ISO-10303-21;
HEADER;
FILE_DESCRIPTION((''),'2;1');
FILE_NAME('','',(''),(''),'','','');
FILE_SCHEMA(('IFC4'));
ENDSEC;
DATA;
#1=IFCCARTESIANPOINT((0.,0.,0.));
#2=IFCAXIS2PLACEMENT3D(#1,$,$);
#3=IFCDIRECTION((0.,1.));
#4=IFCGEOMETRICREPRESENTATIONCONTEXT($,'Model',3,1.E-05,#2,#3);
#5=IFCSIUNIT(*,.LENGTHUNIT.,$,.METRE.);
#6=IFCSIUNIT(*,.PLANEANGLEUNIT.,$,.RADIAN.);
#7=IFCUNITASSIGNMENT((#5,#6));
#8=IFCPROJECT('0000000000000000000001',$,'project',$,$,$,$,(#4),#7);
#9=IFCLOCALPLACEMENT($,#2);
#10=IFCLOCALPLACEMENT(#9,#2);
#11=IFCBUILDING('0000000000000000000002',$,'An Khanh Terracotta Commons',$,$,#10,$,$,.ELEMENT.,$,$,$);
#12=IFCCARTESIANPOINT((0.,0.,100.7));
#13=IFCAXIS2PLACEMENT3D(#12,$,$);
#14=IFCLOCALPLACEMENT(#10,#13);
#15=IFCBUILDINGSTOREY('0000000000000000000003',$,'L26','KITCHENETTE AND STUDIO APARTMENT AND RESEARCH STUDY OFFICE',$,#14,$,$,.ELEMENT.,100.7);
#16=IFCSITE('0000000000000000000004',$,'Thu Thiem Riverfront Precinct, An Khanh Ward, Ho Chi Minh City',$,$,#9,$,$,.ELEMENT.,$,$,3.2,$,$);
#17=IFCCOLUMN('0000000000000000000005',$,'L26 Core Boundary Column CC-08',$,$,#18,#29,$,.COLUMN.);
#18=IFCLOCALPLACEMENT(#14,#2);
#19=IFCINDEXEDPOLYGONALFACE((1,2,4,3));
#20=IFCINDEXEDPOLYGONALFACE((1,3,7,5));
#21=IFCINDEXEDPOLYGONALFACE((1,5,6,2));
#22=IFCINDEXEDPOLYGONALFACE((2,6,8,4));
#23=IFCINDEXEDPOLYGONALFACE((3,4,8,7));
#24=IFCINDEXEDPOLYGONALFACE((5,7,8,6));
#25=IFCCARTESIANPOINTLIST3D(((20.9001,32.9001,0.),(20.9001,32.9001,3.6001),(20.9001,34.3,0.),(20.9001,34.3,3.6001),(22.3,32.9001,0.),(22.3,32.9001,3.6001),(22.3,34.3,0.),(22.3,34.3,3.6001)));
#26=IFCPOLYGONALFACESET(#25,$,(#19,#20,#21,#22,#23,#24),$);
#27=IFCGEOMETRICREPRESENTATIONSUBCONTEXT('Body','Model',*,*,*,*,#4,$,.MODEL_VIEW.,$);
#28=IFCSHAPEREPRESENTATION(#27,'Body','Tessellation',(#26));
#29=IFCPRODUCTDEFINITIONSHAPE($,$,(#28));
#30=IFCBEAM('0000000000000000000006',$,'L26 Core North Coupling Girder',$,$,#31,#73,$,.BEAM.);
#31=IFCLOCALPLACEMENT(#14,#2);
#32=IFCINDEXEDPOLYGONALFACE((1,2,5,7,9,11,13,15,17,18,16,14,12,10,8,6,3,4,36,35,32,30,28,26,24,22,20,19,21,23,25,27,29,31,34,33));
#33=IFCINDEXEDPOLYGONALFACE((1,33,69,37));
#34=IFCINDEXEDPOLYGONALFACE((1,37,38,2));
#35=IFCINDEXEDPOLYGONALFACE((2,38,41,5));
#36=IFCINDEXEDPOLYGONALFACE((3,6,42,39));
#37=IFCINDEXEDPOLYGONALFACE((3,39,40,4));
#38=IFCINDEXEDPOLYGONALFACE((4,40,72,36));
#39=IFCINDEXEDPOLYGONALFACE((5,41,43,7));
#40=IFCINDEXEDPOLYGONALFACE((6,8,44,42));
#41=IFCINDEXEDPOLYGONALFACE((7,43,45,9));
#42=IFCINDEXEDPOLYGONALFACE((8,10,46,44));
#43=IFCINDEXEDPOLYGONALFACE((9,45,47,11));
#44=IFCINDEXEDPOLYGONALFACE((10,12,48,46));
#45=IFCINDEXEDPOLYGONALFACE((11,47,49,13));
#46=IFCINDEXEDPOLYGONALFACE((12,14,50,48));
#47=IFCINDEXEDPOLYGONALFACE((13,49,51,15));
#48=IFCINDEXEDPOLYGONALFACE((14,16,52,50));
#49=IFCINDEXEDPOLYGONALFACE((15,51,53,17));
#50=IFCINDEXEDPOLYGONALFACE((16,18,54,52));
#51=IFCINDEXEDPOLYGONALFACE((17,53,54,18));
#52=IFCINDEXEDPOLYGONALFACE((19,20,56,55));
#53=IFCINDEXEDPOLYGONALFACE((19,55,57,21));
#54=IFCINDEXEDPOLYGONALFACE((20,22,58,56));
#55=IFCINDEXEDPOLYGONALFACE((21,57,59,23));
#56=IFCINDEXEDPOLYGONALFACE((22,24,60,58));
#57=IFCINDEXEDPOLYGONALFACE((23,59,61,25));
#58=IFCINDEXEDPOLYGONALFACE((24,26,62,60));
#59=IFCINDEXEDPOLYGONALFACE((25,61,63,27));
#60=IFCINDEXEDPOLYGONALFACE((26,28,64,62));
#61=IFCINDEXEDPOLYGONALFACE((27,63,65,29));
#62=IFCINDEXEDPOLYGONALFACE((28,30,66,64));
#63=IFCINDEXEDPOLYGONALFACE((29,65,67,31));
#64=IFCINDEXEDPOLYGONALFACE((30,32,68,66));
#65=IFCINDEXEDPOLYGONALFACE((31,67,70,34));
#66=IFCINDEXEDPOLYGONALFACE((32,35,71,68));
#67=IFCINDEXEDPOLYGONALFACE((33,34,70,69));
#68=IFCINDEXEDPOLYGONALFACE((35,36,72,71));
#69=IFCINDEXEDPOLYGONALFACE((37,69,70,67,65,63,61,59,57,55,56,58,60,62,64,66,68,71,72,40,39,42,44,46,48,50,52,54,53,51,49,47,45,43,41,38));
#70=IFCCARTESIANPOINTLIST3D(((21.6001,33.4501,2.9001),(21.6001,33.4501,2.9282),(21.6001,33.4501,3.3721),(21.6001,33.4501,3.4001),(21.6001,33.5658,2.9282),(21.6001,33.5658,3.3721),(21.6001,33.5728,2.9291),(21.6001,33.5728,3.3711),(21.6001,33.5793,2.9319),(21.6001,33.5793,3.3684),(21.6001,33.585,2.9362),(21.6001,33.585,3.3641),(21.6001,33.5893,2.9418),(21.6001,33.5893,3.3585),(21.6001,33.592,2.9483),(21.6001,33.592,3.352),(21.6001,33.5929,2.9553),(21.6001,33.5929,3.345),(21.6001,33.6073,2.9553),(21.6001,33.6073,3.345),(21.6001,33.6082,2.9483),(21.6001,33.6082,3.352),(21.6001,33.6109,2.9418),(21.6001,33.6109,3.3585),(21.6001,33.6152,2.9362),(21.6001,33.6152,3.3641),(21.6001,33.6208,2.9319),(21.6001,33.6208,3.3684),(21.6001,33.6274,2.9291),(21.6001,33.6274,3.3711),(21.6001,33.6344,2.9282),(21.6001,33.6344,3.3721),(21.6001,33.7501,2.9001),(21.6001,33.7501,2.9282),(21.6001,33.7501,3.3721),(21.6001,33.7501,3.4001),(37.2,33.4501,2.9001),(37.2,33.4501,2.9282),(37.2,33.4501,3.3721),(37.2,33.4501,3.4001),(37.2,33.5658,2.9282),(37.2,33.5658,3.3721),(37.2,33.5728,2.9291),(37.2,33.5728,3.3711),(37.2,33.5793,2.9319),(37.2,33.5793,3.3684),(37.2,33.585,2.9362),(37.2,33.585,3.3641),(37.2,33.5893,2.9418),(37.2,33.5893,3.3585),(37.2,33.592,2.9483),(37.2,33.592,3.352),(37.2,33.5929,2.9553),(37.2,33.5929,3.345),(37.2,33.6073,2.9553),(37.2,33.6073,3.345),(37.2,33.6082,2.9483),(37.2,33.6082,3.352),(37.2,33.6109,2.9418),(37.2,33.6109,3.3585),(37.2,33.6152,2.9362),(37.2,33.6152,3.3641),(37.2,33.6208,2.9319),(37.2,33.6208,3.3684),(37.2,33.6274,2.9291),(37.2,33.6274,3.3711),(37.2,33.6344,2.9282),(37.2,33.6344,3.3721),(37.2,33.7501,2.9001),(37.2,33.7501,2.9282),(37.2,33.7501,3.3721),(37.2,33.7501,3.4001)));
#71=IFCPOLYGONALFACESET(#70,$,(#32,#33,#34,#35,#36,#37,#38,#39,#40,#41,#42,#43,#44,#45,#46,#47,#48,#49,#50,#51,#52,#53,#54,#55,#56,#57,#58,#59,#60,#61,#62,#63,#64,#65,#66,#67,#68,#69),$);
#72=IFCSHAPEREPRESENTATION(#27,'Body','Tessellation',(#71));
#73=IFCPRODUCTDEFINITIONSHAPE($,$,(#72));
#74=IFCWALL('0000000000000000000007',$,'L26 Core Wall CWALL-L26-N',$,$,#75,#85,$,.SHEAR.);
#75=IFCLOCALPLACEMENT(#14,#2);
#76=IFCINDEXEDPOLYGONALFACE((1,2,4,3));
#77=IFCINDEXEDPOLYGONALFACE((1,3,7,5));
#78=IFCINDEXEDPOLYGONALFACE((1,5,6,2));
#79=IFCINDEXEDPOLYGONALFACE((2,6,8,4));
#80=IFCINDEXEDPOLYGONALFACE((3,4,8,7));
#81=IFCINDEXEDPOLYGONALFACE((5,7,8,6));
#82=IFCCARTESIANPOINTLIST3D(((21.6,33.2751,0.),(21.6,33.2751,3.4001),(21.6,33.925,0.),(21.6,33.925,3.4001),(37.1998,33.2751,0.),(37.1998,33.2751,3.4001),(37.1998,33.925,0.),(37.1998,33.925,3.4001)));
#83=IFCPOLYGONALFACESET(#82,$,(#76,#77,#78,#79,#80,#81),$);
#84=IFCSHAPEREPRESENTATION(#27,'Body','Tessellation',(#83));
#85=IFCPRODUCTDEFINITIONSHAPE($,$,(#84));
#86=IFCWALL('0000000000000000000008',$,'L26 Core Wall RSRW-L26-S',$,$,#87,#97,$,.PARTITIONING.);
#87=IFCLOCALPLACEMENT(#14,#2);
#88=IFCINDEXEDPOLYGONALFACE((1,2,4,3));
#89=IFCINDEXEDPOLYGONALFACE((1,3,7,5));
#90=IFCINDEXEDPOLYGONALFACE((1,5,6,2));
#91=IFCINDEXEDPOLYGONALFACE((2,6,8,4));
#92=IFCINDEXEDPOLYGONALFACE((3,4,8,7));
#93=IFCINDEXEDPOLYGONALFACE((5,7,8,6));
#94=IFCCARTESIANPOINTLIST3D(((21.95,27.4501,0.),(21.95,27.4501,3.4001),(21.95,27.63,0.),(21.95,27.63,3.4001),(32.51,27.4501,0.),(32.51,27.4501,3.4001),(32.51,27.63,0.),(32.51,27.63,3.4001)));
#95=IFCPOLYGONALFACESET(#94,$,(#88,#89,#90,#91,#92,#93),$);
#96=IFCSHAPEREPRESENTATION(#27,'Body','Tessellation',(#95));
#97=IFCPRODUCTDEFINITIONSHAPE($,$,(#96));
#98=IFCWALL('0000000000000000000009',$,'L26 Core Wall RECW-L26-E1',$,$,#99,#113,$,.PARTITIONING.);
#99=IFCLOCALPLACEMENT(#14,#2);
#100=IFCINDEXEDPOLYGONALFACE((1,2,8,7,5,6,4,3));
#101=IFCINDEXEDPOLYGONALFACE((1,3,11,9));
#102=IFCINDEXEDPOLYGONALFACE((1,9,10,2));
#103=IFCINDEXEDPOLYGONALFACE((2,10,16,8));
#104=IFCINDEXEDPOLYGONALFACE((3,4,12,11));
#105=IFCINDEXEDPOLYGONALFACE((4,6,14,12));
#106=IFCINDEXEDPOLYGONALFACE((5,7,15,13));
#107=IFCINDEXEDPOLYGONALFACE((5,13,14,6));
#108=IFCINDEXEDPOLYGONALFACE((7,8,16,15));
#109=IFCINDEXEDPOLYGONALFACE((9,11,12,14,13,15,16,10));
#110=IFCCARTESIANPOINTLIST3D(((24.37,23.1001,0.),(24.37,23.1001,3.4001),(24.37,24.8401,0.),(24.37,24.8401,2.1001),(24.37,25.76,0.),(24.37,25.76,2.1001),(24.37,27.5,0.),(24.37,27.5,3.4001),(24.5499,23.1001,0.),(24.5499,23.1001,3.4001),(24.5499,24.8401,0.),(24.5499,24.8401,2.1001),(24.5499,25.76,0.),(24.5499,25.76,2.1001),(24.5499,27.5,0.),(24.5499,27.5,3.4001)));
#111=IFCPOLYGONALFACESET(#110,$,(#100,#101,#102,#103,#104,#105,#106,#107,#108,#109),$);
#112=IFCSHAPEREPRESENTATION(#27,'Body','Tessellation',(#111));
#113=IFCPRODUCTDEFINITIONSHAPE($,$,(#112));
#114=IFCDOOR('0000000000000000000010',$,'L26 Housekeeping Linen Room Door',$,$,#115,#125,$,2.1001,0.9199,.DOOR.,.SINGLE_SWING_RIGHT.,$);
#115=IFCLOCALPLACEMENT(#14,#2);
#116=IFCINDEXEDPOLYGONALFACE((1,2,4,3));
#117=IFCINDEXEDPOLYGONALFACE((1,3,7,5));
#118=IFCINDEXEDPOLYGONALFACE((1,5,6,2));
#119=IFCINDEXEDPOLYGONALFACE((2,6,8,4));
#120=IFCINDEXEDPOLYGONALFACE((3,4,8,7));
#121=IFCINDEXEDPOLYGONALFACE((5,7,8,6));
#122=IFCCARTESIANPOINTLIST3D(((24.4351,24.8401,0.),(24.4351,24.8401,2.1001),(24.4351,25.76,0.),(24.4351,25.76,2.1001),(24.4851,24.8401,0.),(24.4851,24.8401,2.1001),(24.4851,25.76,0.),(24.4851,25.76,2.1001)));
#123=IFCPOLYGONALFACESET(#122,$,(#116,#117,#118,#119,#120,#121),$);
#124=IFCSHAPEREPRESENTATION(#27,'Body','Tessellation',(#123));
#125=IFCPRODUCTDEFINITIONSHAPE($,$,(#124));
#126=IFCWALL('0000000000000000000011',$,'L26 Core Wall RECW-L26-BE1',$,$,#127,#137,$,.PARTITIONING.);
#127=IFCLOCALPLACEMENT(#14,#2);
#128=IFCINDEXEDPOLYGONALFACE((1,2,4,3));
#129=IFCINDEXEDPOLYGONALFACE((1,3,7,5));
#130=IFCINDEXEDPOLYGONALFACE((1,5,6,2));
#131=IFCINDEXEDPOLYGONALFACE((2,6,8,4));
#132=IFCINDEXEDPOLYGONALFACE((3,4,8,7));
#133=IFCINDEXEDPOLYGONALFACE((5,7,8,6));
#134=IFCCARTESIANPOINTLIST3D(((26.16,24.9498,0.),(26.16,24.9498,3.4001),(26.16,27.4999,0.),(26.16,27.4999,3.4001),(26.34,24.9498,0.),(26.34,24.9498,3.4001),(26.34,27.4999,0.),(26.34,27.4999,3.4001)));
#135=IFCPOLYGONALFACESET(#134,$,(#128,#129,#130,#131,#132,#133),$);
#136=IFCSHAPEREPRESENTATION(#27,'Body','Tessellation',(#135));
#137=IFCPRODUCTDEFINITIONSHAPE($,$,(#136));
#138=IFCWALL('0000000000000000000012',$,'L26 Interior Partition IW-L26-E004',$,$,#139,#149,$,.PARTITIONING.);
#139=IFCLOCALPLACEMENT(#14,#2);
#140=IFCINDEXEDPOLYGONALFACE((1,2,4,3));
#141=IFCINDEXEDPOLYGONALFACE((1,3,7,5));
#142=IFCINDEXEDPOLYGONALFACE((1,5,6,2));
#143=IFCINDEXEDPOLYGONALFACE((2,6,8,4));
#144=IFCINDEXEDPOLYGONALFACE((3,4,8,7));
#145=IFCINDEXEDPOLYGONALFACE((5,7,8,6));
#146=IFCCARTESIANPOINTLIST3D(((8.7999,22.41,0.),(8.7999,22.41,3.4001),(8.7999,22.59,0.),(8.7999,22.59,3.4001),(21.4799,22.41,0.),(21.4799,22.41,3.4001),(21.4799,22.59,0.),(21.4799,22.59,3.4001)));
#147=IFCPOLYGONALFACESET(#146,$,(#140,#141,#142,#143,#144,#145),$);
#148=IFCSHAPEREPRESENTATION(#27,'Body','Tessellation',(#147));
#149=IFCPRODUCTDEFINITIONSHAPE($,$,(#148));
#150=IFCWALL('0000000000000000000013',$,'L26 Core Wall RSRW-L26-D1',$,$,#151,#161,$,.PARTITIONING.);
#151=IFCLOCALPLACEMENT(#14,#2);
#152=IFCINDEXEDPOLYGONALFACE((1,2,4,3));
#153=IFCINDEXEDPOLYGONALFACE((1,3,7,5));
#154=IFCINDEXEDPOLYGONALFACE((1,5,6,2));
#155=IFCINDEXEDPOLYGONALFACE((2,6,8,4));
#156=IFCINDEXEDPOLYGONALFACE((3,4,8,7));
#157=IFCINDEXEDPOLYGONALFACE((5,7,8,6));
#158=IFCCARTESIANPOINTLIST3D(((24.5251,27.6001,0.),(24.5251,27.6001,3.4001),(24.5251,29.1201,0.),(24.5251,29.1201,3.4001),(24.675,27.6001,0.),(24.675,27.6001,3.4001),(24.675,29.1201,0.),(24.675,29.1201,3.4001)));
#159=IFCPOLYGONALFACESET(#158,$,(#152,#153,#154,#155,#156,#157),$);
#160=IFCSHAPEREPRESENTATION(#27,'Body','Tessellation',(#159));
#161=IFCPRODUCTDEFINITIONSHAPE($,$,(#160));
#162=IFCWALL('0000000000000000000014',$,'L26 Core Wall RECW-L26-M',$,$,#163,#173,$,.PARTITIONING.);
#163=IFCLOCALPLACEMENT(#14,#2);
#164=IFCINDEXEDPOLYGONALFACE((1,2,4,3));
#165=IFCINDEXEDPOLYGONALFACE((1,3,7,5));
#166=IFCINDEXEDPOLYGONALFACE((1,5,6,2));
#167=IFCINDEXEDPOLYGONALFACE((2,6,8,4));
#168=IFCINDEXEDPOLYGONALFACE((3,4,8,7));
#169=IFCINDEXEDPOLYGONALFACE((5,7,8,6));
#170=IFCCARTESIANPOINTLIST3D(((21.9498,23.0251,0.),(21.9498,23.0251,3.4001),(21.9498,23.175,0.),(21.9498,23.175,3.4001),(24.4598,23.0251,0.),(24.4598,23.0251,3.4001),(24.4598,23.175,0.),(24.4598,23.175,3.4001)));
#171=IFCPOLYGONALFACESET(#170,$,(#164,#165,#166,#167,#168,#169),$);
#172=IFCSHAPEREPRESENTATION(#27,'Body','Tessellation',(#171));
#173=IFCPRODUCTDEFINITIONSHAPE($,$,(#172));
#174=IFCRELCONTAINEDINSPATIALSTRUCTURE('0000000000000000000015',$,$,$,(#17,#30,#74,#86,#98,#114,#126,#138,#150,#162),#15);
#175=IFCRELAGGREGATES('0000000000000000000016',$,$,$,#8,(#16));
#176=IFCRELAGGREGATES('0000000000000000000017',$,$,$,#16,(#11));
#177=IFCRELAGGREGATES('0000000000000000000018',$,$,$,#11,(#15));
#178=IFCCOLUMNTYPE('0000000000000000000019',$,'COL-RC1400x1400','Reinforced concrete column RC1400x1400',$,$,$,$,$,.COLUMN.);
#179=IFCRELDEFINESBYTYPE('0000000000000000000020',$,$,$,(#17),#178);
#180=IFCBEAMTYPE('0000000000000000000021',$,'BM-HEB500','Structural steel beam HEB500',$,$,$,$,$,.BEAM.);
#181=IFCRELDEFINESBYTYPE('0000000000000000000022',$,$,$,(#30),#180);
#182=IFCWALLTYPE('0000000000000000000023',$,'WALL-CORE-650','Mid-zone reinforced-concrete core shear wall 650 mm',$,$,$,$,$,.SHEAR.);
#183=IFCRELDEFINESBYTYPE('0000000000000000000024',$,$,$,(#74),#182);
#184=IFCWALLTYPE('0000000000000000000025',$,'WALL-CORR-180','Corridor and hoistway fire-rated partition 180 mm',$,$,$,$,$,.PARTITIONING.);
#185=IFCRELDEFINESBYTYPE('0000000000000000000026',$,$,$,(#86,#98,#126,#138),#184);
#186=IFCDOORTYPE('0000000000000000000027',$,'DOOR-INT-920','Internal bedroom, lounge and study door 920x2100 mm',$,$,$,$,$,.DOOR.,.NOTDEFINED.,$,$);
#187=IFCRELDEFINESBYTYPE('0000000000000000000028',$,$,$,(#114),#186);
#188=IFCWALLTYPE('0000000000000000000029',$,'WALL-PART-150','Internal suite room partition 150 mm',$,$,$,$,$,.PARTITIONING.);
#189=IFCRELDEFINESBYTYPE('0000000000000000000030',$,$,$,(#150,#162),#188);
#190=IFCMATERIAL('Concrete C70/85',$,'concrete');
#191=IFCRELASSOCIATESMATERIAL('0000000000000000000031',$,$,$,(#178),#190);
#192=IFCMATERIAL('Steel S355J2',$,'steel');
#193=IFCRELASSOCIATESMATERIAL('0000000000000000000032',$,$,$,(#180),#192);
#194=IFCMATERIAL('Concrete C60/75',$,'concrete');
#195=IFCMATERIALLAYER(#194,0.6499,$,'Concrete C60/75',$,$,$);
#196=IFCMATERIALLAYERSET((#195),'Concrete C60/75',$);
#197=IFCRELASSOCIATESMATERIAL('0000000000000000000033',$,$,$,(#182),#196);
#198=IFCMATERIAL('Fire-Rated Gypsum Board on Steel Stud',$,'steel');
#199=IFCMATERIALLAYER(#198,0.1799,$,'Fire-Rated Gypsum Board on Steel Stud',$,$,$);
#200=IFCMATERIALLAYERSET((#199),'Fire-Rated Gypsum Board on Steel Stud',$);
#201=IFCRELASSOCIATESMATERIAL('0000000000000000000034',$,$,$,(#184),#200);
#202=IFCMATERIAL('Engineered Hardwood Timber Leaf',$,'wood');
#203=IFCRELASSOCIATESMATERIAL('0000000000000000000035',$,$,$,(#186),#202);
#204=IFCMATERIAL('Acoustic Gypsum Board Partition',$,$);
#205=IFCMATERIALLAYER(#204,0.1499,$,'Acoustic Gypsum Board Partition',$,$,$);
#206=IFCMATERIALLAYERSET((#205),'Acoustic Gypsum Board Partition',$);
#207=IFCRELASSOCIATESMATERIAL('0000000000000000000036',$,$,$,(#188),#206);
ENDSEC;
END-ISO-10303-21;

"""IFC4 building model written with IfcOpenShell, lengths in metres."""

from ifc_helpers import new_model, si_unit, direction, frame, frame_2d, origin, origin_2d, place, context, subcontext, project, spatial, rectangle, i_section, extrude, material, layer, layer_set, material_profile, profile_set, type_object, element, fill, save


model = new_model("IFC4")

# Units and contexts
model_context = context("Model", 3, precision=1e-05, world=origin(), true_north=direction((0.0, 1.0)))
body_context = subcontext(model_context, "Body", "Model", "MODEL_VIEW")
ifc_project = project(units=[si_unit("LENGTHUNIT", "METRE"), si_unit("PLANEANGLEUNIT", "RADIAN")], contexts=[model_context])

# Site, building, storey
site_placement = place(None, origin())
site = spatial("IfcSite", under=ifc_project, at=site_placement, Name="Thu Thiem Riverfront Precinct, An Khanh Ward, Ho Chi Minh City", CompositionType="ELEMENT", RefElevation=3.2)
building_placement = place(site_placement, origin())
building = spatial("IfcBuilding", under=site, at=building_placement, Name="An Khanh Terracotta Commons", CompositionType="ELEMENT")
storey_placement = place(building_placement, frame((0.0, 0.0, 100.7)))
storey = spatial("IfcBuildingStorey", under=building, at=storey_placement, Name="L26", Description="KITCHENETTE AND STUDIO APARTMENT AND RESEARCH STUDY OFFICE", CompositionType="ELEMENT", Elevation=100.7)

# Column
ifc_material_1 = material(Name="Concrete C70/85", Category="concrete")
ifc_material_profile_1 = material_profile(ifc_material_1, rectangle(XDim=1.3999, YDim=1.3999, at=origin_2d()), Name="RC1400x1400")
ifc_profile_set_1 = profile_set([ifc_material_profile_1], Name="Concrete C70/85")
column_type = type_object("IfcColumnType", Name="COL-RC1400x1400", Description="Reinforced concrete column RC1400x1400", PredefinedType="COLUMN", material=ifc_profile_set_1)
column_placement = place(storey_placement, frame((21.6001, 33.6001, 0.0), z_axis=(0.0, 0.0, 1.0), x_axis=(1.0, 0.0, 0.0)))
element("IfcColumn", 1, at=column_placement, inside=storey, type_object=column_type, Name="L26 Core Boundary Column CC-08", PredefinedType="COLUMN", context=body_context, shape_type="SweptSolid", body=[
    extrude(rectangle(XDim=1.3999, YDim=1.3999, at=origin_2d()), origin(), (0.0, 0.0, 1.0), 3.6001),
])

# Beam
ifc_material_2 = material(Name="Steel S355J2", Category="steel")
ifc_material_profile_2 = material_profile(ifc_material_2, i_section(OverallWidth=0.3, OverallDepth=0.5, WebThickness=0.0144, FlangeThickness=0.0281, FilletRadius=0.0271, at=origin_2d()), Name="HEB500")
ifc_profile_set_2 = profile_set([ifc_material_profile_2], Name="Steel S355J2")
beam_type = type_object("IfcBeamType", Name="BM-HEB500", Description="Structural steel beam HEB500", PredefinedType="BEAM", material=ifc_profile_set_2)
beam_placement = place(storey_placement, frame((21.6001, 33.6001, 3.1501), z_axis=(1.0, 0.0, 0.0), x_axis=(0.0, 1.0, 0.0)))
element("IfcBeam", 2, at=beam_placement, inside=storey, type_object=beam_type, Name="L26 Core North Coupling Girder", PredefinedType="BEAM", context=body_context, shape_type="SweptSolid", body=[
    extrude(i_section(OverallWidth=0.3, OverallDepth=0.5, WebThickness=0.0144, FlangeThickness=0.0281, FilletRadius=0.0271, at=origin_2d()), origin(), (0.0, 0.0, 1.0), 15.5999),
])

# Walls
ifc_material_3 = material(Name="Concrete C60/75", Category="concrete")
ifc_layer_1 = layer(ifc_material_3, 0.6499, Name="Concrete C60/75")
ifc_layer_set_1 = layer_set([ifc_layer_1], Name="Concrete C60/75")
wall_type_1 = type_object("IfcWallType", Name="WALL-CORE-650", Description="Mid-zone reinforced-concrete core shear wall 650 mm", PredefinedType="SHEAR", material=ifc_layer_set_1)
wall_1_placement = place(storey_placement, frame((21.6001, 33.6001, 0.0), z_axis=(0.0, 0.0, 1.0), x_axis=(1.0, 0.0, 0.0)))
element("IfcWall", 3, at=wall_1_placement, inside=storey, type_object=wall_type_1, Name="L26 Core Wall CWALL-L26-N", PredefinedType="SHEAR", context=body_context, shape_type="SweptSolid", body=[
    extrude(rectangle(XDim=15.5999, YDim=0.6499, at=frame_2d((7.7998, 0.0))), origin(), (0.0, 0.0, 1.0), 3.4001),
])
ifc_material_4 = material(Name="Fire-Rated Gypsum Board on Steel Stud", Category="steel")
ifc_layer_2 = layer(ifc_material_4, 0.1799, Name="Fire-Rated Gypsum Board on Steel Stud")
ifc_layer_set_2 = layer_set([ifc_layer_2], Name="Fire-Rated Gypsum Board on Steel Stud")
wall_type_2 = type_object("IfcWallType", Name="WALL-CORR-180", Description="Corridor and hoistway fire-rated partition 180 mm", PredefinedType="PARTITIONING", material=ifc_layer_set_2)
wall_2_placement = place(storey_placement, frame((21.95, 27.54, 0.0), z_axis=(0.0, 0.0, 1.0), x_axis=(1.0, 0.0, 0.0)))
element("IfcWall", 4, at=wall_2_placement, inside=storey, type_object=wall_type_2, Name="L26 Core Wall RSRW-L26-S", PredefinedType="PARTITIONING", context=body_context, shape_type="SweptSolid", body=[
    extrude(rectangle(XDim=10.5601, YDim=0.1799, at=frame_2d((5.28, 0.0))), origin(), (0.0, 0.0, 1.0), 3.4001),
])

# Wall, opening, door
wall_3_placement = place(storey_placement, frame((24.46, 23.1001, 0.0), z_axis=(0.0, 0.0, 1.0), x_axis=(0.0, 1.0, 0.0)))
wall_3 = element("IfcWall", 5, at=wall_3_placement, inside=storey, type_object=wall_type_2, Name="L26 Core Wall RECW-L26-E1", PredefinedType="PARTITIONING", context=body_context, shape_type="SweptSolid", body=[
    extrude(rectangle(XDim=4.3999, YDim=0.1799, at=frame_2d((2.2, 0.0))), origin(), (0.0, 0.0, 1.0), 3.4001),
])
opening_1_placement = place(wall_3_placement, frame((1.74, 0.0, 0.0)))
opening_1 = element("IfcOpeningElement", 6, at=opening_1_placement, cuts=wall_3, PredefinedType="OPENING", context=body_context, shape_type="SweptSolid", body=[
    extrude(rectangle(XDim=0.9199, YDim=2.1001, at=frame_2d((0.46, 1.05))), frame((0.0, 0.0999, 0.0), z_axis=(0.0, -1.0, 0.0), x_axis=(1.0, 0.0, 0.0)), (0.0, 0.0, 1.0), 0.2),
])
ifc_material_5 = material(Name="Engineered Hardwood Timber Leaf", Category="wood")
door_type_1 = type_object("IfcDoorType", Name="DOOR-INT-920", Description="Internal bedroom, lounge and study door 920x2100 mm", OperationType="NOTDEFINED", PredefinedType="DOOR", material=ifc_material_5)
door_1_placement = place(opening_1_placement, origin())
door_1 = element("IfcDoor", 7, at=door_1_placement, inside=storey, type_object=door_type_1, Name="L26 Housekeeping Linen Room Door", OperationType="SINGLE_SWING_RIGHT", OverallHeight=2.1001, OverallWidth=0.9199, PredefinedType="DOOR", context=body_context, shape_type="SweptSolid", body=[
    extrude(rectangle(XDim=0.9199, YDim=2.1001, at=frame_2d((0.46, 1.05))), frame((0.0, 0.0249, 0.0), z_axis=(0.0, -1.0, 0.0), x_axis=(1.0, 0.0, 0.0)), (0.0, 0.0, 1.0), 0.05),
])
fill(opening_1, door_1)

# Walls
wall_4_placement = place(storey_placement, frame((26.25, 24.95, 0.0), z_axis=(0.0, 0.0, 1.0), x_axis=(0.0, 1.0, 0.0)))
element("IfcWall", 8, at=wall_4_placement, inside=storey, type_object=wall_type_2, Name="L26 Core Wall RECW-L26-BE1", PredefinedType="PARTITIONING", context=body_context, shape_type="SweptSolid", body=[
    extrude(rectangle(XDim=2.55, YDim=0.1799, at=frame_2d((1.2749, 0.0))), origin(), (0.0, 0.0, 1.0), 3.4001),
])
wall_5_placement = place(storey_placement, frame((8.8, 22.5, 0.0), z_axis=(0.0, 0.0, 1.0), x_axis=(1.0, 0.0, 0.0)))
element("IfcWall", 9, at=wall_5_placement, inside=storey, type_object=wall_type_2, Name="L26 Interior Partition IW-L26-E004", PredefinedType="PARTITIONING", context=body_context, shape_type="SweptSolid", body=[
    extrude(rectangle(XDim=12.6799, YDim=0.1799, at=frame_2d((6.3398, 0.0))), origin(), (0.0, 0.0, 1.0), 3.4001),
])
ifc_material_6 = material(Name="Acoustic Gypsum Board Partition")
ifc_layer_3 = layer(ifc_material_6, 0.1499, Name="Acoustic Gypsum Board Partition")
ifc_layer_set_3 = layer_set([ifc_layer_3], Name="Acoustic Gypsum Board Partition")
wall_type_3 = type_object("IfcWallType", Name="WALL-PART-150", Description="Internal suite room partition 150 mm", PredefinedType="PARTITIONING", material=ifc_layer_set_3)
wall_6_placement = place(storey_placement, frame((24.6001, 27.6001, 0.0), z_axis=(0.0, 0.0, 1.0), x_axis=(0.0, 1.0, 0.0)))
element("IfcWall", 10, at=wall_6_placement, inside=storey, type_object=wall_type_3, Name="L26 Core Wall RSRW-L26-D1", PredefinedType="PARTITIONING", context=body_context, shape_type="SweptSolid", body=[
    extrude(rectangle(XDim=1.52, YDim=0.1499, at=frame_2d((0.76, 0.0))), origin(), (0.0, 0.0, 1.0), 3.4001),
])
wall_7_placement = place(storey_placement, frame((21.95, 23.1001, 0.0), z_axis=(0.0, 0.0, 1.0), x_axis=(1.0, 0.0, 0.0)))
element("IfcWall", 11, at=wall_7_placement, inside=storey, type_object=wall_type_3, Name="L26 Core Wall RECW-L26-M", PredefinedType="PARTITIONING", context=body_context, shape_type="SweptSolid", body=[
    extrude(rectangle(XDim=2.51, YDim=0.1499, at=frame_2d((1.2549, 0.0))), origin(), (0.0, 0.0, 1.0), 3.4001),
])

save(model, "model.ifc")
